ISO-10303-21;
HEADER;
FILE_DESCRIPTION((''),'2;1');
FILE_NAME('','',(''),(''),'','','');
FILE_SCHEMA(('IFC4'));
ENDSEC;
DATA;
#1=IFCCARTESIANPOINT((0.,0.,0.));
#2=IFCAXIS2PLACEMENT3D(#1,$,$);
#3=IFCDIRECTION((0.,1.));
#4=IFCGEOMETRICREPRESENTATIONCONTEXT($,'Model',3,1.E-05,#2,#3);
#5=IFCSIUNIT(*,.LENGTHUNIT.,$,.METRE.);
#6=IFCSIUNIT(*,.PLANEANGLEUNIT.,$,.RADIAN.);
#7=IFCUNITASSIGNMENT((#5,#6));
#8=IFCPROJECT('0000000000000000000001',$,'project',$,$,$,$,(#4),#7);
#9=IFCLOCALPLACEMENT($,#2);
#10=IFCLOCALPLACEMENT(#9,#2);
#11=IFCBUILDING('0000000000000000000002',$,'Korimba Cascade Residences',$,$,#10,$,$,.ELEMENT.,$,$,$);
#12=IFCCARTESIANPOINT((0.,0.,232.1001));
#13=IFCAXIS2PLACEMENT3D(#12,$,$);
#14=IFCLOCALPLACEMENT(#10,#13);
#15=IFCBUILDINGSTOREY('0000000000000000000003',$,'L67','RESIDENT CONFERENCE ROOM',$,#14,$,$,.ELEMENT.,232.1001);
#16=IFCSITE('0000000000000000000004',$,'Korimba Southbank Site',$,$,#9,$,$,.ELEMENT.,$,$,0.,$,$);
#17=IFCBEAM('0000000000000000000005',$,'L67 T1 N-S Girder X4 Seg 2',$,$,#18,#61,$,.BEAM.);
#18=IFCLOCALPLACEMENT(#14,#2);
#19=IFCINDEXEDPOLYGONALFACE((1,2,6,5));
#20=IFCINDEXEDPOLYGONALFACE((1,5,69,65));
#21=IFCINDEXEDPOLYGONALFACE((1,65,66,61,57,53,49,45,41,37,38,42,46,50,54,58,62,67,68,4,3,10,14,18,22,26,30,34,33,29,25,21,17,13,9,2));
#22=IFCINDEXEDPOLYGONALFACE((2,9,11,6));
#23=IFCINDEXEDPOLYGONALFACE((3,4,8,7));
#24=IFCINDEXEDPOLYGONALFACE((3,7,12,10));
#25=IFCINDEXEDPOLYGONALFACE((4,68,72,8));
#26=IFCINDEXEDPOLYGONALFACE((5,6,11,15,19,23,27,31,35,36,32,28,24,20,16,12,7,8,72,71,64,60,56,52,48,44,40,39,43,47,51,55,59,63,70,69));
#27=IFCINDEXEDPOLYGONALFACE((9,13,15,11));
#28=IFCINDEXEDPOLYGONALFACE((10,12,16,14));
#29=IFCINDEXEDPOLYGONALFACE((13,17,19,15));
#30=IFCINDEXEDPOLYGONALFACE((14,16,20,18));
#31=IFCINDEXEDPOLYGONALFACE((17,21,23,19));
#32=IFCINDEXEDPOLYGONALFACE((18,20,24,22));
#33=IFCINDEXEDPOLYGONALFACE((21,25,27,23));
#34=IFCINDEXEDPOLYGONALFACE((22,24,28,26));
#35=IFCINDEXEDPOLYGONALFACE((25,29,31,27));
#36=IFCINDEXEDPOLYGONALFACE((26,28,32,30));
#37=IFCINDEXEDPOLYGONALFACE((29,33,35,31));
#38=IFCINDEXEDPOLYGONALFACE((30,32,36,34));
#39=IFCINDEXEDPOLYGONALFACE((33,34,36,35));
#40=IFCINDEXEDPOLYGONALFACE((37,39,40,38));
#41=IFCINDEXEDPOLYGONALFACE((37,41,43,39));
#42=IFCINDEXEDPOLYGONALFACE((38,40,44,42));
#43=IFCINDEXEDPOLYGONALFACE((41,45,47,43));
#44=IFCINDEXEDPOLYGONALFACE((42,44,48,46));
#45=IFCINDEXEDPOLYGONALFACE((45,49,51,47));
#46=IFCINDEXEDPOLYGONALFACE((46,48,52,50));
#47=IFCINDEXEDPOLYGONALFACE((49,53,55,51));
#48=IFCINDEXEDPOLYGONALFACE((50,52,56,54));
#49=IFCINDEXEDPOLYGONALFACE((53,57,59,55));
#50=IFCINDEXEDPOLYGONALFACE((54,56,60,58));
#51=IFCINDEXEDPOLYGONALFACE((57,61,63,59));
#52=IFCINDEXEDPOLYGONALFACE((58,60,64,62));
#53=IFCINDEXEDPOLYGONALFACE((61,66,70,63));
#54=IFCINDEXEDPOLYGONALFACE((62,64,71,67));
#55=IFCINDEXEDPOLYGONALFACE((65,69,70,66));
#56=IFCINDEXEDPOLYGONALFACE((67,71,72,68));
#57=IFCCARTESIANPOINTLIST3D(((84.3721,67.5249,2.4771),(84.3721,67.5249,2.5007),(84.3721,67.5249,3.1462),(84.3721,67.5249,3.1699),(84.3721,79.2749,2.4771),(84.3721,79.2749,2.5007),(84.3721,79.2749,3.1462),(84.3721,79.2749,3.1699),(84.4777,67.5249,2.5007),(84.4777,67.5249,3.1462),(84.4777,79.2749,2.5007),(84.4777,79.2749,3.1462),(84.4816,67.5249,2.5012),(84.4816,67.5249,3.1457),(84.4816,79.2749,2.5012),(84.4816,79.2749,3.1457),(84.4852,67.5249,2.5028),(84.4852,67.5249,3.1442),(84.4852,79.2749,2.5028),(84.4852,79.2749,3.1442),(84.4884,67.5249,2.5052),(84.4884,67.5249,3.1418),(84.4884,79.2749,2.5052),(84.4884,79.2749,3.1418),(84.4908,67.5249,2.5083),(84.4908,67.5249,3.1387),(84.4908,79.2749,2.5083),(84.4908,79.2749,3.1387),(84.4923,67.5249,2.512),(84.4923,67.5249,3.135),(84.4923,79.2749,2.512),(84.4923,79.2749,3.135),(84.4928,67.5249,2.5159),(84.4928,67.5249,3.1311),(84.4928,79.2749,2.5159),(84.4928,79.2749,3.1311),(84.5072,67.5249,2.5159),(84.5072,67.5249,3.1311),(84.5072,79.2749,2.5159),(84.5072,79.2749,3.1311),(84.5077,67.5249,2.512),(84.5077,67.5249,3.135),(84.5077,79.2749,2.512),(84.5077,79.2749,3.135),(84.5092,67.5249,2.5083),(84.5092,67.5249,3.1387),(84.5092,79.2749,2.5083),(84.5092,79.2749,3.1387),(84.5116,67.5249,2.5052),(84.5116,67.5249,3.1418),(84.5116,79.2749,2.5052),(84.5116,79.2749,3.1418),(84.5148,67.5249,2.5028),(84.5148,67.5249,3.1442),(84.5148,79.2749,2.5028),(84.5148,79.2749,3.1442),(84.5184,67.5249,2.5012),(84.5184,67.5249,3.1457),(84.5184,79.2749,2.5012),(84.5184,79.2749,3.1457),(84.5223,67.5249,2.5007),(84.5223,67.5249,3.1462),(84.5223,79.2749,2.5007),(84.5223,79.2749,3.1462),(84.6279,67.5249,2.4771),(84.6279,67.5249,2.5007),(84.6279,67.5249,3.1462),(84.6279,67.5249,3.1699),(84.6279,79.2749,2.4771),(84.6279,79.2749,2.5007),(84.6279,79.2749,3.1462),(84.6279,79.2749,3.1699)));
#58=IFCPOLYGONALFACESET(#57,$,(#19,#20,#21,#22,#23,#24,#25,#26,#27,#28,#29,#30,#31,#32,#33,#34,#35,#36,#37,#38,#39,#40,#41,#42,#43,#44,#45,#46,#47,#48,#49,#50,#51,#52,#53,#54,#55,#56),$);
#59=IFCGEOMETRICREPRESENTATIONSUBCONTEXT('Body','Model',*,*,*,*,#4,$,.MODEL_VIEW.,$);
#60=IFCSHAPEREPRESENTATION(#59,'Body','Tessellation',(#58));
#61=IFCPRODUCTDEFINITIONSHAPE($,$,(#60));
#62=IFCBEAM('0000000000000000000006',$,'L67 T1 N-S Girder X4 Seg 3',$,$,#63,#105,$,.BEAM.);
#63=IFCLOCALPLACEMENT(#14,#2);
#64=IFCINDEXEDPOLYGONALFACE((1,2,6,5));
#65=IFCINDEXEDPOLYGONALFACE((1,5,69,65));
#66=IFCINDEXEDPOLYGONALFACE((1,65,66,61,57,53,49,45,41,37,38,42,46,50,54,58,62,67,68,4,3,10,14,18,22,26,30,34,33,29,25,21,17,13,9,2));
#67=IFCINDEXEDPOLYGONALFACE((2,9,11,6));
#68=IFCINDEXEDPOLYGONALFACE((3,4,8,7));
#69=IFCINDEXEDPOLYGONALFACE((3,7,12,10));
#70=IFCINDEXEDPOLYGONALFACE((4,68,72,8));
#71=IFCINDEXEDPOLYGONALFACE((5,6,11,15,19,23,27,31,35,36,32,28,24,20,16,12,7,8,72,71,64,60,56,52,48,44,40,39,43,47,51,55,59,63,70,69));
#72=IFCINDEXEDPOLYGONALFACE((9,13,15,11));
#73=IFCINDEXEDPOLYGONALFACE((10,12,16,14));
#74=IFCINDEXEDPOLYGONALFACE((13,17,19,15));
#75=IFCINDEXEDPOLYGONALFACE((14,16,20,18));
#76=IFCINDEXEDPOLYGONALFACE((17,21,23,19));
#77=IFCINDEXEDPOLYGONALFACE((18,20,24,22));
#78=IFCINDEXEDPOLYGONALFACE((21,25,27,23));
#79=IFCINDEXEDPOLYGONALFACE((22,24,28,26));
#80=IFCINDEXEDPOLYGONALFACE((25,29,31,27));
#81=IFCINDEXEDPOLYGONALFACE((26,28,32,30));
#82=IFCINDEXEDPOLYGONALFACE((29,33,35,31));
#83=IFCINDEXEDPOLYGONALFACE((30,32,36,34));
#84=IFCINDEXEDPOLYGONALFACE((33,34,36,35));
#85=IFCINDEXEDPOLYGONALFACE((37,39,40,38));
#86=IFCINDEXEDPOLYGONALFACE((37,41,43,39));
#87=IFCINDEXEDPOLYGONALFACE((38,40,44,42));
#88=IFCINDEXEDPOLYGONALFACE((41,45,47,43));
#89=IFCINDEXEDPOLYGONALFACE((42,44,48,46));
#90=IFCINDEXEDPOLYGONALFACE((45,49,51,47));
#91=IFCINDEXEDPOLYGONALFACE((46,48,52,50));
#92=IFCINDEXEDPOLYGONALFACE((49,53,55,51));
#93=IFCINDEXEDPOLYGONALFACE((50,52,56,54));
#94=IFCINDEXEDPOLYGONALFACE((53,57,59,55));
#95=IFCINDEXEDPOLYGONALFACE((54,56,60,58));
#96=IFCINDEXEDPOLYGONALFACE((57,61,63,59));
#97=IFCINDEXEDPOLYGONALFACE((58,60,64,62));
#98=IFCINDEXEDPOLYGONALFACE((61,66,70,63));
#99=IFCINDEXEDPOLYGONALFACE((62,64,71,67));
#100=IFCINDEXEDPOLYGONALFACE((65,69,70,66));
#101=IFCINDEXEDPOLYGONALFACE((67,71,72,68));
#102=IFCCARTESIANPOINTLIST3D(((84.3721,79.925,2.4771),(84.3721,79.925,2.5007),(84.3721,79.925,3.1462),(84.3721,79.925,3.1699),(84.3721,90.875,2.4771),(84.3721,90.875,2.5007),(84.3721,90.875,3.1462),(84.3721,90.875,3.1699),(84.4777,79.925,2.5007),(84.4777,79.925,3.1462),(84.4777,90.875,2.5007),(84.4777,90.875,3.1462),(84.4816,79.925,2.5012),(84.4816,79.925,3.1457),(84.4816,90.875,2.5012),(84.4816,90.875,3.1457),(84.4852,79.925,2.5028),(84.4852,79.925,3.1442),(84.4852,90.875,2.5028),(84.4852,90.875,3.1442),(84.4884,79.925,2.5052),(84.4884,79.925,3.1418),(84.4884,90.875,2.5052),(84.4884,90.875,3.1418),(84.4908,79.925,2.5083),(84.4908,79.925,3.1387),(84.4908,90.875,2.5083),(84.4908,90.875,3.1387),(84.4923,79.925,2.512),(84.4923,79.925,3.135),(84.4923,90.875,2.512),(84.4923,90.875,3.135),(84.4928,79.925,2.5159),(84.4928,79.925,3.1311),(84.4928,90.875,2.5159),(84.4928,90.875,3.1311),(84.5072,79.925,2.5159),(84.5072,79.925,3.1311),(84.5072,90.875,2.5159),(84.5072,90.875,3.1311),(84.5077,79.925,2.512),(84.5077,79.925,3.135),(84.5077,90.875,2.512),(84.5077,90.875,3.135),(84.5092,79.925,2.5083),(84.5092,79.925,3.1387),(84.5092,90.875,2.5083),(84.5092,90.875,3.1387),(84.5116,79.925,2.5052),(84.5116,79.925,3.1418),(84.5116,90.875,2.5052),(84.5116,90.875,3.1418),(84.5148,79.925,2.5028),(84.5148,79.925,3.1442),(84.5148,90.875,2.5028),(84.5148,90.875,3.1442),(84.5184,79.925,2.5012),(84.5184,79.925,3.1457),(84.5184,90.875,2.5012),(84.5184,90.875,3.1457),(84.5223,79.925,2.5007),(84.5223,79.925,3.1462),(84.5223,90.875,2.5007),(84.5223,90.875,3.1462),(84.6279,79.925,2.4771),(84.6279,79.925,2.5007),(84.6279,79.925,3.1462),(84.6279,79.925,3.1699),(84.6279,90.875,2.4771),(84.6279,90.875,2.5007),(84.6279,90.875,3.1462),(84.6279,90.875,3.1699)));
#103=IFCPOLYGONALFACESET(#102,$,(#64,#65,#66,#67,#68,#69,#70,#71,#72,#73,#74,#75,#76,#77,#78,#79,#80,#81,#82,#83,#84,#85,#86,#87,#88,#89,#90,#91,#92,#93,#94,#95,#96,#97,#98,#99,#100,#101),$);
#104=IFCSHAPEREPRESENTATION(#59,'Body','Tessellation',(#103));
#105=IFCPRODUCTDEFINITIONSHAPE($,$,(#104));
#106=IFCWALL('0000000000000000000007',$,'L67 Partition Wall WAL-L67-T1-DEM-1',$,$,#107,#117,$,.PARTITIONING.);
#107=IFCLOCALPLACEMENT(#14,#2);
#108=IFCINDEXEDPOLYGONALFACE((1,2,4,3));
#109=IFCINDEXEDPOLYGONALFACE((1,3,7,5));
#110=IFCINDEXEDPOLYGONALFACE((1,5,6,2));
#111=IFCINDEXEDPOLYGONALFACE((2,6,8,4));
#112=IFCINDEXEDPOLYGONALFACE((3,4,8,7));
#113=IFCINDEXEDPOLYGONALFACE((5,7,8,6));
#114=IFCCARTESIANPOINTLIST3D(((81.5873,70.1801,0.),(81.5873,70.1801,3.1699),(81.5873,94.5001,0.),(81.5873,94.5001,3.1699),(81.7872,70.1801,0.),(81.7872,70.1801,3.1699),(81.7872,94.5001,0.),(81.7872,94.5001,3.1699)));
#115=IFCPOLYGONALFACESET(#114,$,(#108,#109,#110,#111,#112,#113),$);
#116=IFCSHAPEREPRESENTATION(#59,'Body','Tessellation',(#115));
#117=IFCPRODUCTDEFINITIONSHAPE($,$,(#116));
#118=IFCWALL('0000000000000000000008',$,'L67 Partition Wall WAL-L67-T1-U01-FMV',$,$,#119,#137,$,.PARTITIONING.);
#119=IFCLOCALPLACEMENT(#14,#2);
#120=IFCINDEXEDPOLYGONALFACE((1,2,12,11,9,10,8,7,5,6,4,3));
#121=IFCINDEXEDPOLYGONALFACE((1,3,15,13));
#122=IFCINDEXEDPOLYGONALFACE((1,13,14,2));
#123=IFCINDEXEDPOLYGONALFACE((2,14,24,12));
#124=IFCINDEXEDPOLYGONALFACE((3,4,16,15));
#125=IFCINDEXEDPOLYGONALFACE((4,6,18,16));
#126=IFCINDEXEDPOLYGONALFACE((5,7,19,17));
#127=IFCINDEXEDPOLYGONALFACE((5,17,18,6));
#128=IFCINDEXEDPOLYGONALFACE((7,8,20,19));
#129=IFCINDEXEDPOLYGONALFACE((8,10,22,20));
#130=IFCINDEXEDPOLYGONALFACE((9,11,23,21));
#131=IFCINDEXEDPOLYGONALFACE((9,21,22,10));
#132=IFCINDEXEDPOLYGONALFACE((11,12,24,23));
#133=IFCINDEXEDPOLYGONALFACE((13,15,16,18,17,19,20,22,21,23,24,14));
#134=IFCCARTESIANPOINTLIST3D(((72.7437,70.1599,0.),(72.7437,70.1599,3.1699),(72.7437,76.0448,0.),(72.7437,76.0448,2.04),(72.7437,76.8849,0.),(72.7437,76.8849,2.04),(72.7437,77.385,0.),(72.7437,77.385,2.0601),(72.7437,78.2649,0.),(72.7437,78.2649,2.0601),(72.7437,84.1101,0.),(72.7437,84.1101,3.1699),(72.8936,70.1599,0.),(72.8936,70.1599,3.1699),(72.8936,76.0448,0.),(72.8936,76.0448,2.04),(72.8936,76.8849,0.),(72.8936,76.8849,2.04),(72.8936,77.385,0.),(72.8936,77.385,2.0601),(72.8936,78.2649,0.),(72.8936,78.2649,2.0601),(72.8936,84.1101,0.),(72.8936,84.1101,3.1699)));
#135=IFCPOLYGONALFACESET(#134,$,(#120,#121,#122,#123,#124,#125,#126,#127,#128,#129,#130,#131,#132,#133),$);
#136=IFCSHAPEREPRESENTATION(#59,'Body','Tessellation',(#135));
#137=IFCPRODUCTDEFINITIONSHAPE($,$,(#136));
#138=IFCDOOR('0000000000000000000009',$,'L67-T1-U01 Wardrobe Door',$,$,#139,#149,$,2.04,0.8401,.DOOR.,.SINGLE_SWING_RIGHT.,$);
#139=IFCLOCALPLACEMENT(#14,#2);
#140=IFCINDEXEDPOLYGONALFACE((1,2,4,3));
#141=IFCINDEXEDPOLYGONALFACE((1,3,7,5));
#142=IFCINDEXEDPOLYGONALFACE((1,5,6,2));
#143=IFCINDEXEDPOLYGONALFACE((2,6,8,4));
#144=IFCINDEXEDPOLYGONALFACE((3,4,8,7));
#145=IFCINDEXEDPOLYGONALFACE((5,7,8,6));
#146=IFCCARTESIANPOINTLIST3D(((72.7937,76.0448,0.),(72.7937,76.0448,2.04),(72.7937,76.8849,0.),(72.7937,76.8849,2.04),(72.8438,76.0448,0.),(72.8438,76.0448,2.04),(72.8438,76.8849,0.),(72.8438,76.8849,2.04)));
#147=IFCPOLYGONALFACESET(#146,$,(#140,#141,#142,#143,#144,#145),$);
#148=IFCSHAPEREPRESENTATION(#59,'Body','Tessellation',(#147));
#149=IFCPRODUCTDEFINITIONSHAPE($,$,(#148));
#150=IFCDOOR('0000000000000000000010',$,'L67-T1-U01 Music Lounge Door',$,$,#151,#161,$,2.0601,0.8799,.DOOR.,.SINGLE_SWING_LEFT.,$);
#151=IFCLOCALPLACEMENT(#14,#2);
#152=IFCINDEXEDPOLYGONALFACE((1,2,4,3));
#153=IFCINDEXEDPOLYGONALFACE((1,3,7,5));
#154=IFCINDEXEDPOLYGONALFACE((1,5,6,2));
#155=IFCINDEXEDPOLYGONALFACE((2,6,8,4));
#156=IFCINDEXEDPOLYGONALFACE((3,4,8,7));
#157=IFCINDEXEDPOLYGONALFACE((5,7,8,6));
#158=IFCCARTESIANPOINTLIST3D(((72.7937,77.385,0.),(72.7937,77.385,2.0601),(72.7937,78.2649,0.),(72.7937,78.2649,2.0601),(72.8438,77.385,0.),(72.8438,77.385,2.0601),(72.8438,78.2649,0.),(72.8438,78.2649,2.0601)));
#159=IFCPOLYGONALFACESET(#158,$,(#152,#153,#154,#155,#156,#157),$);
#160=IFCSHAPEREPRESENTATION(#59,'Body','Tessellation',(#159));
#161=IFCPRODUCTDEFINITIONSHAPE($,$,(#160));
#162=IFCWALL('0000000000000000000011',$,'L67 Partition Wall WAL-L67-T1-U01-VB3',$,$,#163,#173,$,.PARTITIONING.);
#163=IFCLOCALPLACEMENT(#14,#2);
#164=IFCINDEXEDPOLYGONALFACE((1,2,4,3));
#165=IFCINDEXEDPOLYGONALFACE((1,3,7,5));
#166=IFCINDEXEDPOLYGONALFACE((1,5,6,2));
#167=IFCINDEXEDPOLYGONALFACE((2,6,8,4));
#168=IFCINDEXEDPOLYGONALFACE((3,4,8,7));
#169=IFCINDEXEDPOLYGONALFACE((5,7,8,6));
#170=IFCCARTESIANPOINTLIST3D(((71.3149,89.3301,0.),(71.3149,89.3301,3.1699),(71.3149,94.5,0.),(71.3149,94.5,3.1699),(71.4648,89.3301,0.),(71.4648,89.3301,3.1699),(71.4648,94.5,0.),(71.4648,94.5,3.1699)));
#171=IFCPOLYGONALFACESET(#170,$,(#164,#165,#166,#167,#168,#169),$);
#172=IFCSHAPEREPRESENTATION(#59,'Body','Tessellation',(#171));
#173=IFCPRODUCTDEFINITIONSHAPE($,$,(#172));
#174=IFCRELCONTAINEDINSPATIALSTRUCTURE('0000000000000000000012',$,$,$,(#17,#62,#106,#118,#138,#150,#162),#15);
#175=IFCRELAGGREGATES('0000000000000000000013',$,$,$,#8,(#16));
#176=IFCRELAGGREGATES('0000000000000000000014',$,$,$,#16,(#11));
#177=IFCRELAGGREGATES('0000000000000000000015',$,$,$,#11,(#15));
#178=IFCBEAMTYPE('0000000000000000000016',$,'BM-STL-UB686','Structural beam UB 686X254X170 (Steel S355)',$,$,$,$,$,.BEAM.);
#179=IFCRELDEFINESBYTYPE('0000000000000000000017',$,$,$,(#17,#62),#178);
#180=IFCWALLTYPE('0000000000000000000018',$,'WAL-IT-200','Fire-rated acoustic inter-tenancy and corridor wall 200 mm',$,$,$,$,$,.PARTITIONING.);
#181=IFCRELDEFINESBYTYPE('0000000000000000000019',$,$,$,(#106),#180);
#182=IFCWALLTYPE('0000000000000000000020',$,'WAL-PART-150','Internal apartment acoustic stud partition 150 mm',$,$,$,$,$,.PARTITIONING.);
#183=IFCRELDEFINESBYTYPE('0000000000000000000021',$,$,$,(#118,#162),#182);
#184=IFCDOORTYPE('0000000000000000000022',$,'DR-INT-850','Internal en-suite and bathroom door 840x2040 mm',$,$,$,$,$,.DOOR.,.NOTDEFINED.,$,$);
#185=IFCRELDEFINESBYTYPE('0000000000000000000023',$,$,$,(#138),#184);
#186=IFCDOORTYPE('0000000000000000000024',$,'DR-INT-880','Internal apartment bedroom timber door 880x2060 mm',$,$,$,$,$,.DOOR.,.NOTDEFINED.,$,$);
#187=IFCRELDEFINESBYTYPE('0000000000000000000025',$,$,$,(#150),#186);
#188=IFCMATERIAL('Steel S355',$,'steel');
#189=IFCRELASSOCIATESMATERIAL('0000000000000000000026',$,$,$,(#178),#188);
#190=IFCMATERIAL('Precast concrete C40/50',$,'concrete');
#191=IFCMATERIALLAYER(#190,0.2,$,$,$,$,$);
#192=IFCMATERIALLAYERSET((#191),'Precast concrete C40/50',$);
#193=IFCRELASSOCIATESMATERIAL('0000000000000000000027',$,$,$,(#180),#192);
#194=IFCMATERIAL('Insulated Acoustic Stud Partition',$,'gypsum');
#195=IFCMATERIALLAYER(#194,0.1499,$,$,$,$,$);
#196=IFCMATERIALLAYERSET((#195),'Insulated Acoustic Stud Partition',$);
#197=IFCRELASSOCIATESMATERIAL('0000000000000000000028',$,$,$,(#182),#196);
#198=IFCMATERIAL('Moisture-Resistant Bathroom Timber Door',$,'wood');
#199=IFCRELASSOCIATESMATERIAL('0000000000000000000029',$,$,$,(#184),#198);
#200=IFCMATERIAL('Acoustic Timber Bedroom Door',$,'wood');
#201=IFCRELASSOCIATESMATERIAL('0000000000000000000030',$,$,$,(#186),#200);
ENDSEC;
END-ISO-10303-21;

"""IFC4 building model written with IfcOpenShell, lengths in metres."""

from ifc_helpers import new_model, si_unit, direction, frame, frame_2d, origin, origin_2d, place, context, subcontext, project, spatial, rectangle, i_section, extrude, material, layer, layer_set, material_profile, profile_set, type_object, element, fill, save


model = new_model("IFC4")

# Units and contexts
model_context = context("Model", 3, precision=1e-05, world=origin(), true_north=direction((0.0, 1.0)))
body_context = subcontext(model_context, "Body", "Model", "MODEL_VIEW")
ifc_project = project(units=[si_unit("LENGTHUNIT", "METRE"), si_unit("PLANEANGLEUNIT", "RADIAN")], contexts=[model_context])

# Site, building, storey
site_placement = place(None, origin())
site = spatial("IfcSite", under=ifc_project, at=site_placement, Name="Korimba Southbank Site", CompositionType="ELEMENT", RefElevation=0.0)
building_placement = place(site_placement, origin())
building = spatial("IfcBuilding", under=site, at=building_placement, Name="Korimba Cascade Residences", CompositionType="ELEMENT")
storey_placement = place(building_placement, frame((0.0, 0.0, 232.1001)))
storey = spatial("IfcBuildingStorey", under=building, at=storey_placement, Name="L67", Description="RESIDENT CONFERENCE ROOM", CompositionType="ELEMENT", Elevation=232.1001)

# Beams
ifc_material_1 = material(Name="Steel S355", Category="steel")
ifc_material_profile_1 = material_profile(ifc_material_1, i_section(OverallWidth=0.2559, OverallDepth=0.6929, WebThickness=0.0144, FlangeThickness=0.0237, FilletRadius=0.0151, at=origin_2d()), Name="Steel S355")
ifc_profile_set_1 = profile_set([ifc_material_profile_1], Name="Steel S355")
beam_type_1 = type_object("IfcBeamType", Name="BM-STL-UB686", Description="Structural beam UB 686X254X170 (Steel S355)", PredefinedType="BEAM", material=ifc_profile_set_1)
beam_1_placement = place(storey_placement, frame((84.5, 67.5249, 2.8235), z_axis=(0.0, 1.0, 0.0), x_axis=(-1.0, 0.0, 0.0)))
element("IfcBeam", 1, at=beam_1_placement, inside=storey, type_object=beam_type_1, Name="L67 T1 N-S Girder X4 Seg 2", PredefinedType="BEAM", context=body_context, shape_type="SweptSolid", body=[
    extrude(i_section(OverallWidth=0.2559, OverallDepth=0.6929, WebThickness=0.0144, FlangeThickness=0.0237, FilletRadius=0.0151, at=origin_2d()), origin(), (0.0, 0.0, 1.0), 11.75),
])
beam_2_placement = place(storey_placement, frame((84.5, 79.925, 2.8235), z_axis=(0.0, 1.0, 0.0), x_axis=(-1.0, 0.0, 0.0)))
element("IfcBeam", 2, at=beam_2_placement, inside=storey, type_object=beam_type_1, Name="L67 T1 N-S Girder X4 Seg 3", PredefinedType="BEAM", context=body_context, shape_type="SweptSolid", body=[
    extrude(i_section(OverallWidth=0.2559, OverallDepth=0.6929, WebThickness=0.0144, FlangeThickness=0.0237, FilletRadius=0.0151, at=origin_2d()), origin(), (0.0, 0.0, 1.0), 10.95),
])

# Wall
ifc_material_2 = material(Name="Precast concrete C40/50", Category="concrete")
ifc_layer_1 = layer(ifc_material_2, 0.2)
ifc_layer_set_1 = layer_set([ifc_layer_1], Name="Precast concrete C40/50")
wall_type_1 = type_object("IfcWallType", Name="WAL-IT-200", Description="Fire-rated acoustic inter-tenancy and corridor wall 200 mm", PredefinedType="PARTITIONING", material=ifc_layer_set_1)
wall_1_placement = place(storey_placement, frame((81.6873, 70.1799, 0.0), z_axis=(0.0, 0.0, 1.0), x_axis=(0.0, 1.0, 0.0)))
element("IfcWall", 3, at=wall_1_placement, inside=storey, type_object=wall_type_1, Name="L67 Partition Wall WAL-L67-T1-DEM-1", PredefinedType="PARTITIONING", context=body_context, shape_type="SweptSolid", body=[
    extrude(rectangle(XDim=24.3201, YDim=0.2, at=frame_2d((12.1602, 0.0))), origin(), (0.0, 0.0, 1.0), 3.1699),
])

# Wall, openings, doors
ifc_material_3 = material(Name="Insulated Acoustic Stud Partition", Category="gypsum")
ifc_layer_2 = layer(ifc_material_3, 0.1499)
ifc_layer_set_2 = layer_set([ifc_layer_2], Name="Insulated Acoustic Stud Partition")
wall_type_2 = type_object("IfcWallType", Name="WAL-PART-150", Description="Internal apartment acoustic stud partition 150 mm", PredefinedType="PARTITIONING", material=ifc_layer_set_2)
wall_2_placement = place(storey_placement, frame((72.8186, 70.1599, 0.0), z_axis=(0.0, 0.0, 1.0), x_axis=(0.0, 1.0, 0.0)))
wall_2 = element("IfcWall", 4, at=wall_2_placement, inside=storey, type_object=wall_type_2, Name="L67 Partition Wall WAL-L67-T1-U01-FMV", PredefinedType="PARTITIONING", context=body_context, shape_type="SweptSolid", body=[
    extrude(rectangle(XDim=13.9502, YDim=0.1499, at=frame_2d((6.9751, 0.0))), origin(), (0.0, 0.0, 1.0), 3.1699),
])
opening_1_placement = place(wall_2_placement, frame((5.885, 0.0, 0.0)))
opening_1 = element("IfcOpeningElement", 5, at=opening_1_placement, cuts=wall_2, PredefinedType="OPENING", context=body_context, shape_type="SweptSolid", body=[
    extrude(rectangle(XDim=0.8401, YDim=2.04, at=frame_2d((0.4199, 1.02))), frame((0.0, 0.085, 0.0), z_axis=(0.0, -1.0, 0.0), x_axis=(1.0, 0.0, 0.0)), (0.0, 0.0, 1.0), 0.1699),
])
opening_2_placement = place(wall_2_placement, frame((7.2251, 0.0, 0.0)))
opening_2 = element("IfcOpeningElement", 6, at=opening_2_placement, cuts=wall_2, PredefinedType="OPENING", context=body_context, shape_type="SweptSolid", body=[
    extrude(rectangle(XDim=0.8799, YDim=2.0601, at=frame_2d((0.4399, 1.03))), frame((0.0, 0.085, 0.0), z_axis=(0.0, -1.0, 0.0), x_axis=(1.0, 0.0, 0.0)), (0.0, 0.0, 1.0), 0.1699),
])
ifc_material_4 = material(Name="Moisture-Resistant Bathroom Timber Door", Category="wood")
door_type_1 = type_object("IfcDoorType", Name="DR-INT-850", Description="Internal en-suite and bathroom door 840x2040 mm", OperationType="NOTDEFINED", PredefinedType="DOOR", material=ifc_material_4)
door_1_placement = place(opening_1_placement, origin())
door_1 = element("IfcDoor", 7, at=door_1_placement, inside=storey, type_object=door_type_1, Name="L67-T1-U01 Wardrobe Door", OperationType="SINGLE_SWING_RIGHT", OverallHeight=2.04, OverallWidth=0.8401, PredefinedType="DOOR", context=body_context, shape_type="SweptSolid", body=[
    extrude(rectangle(XDim=0.8401, YDim=2.04, at=frame_2d((0.4199, 1.02))), frame((0.0, 0.0249, 0.0), z_axis=(0.0, -1.0, 0.0), x_axis=(1.0, 0.0, 0.0)), (0.0, 0.0, 1.0), 0.05),
])
fill(opening_1, door_1)
ifc_material_5 = material(Name="Acoustic Timber Bedroom Door", Category="wood")
door_type_2 = type_object("IfcDoorType", Name="DR-INT-880", Description="Internal apartment bedroom timber door 880x2060 mm", OperationType="NOTDEFINED", PredefinedType="DOOR", material=ifc_material_5)
door_2_placement = place(opening_2_placement, origin())
door_2 = element("IfcDoor", 8, at=door_2_placement, inside=storey, type_object=door_type_2, Name="L67-T1-U01 Music Lounge Door", OperationType="SINGLE_SWING_LEFT", OverallHeight=2.0601, OverallWidth=0.8799, PredefinedType="DOOR", context=body_context, shape_type="SweptSolid", body=[
    extrude(rectangle(XDim=0.8799, YDim=2.0601, at=frame_2d((0.4399, 1.03))), frame((0.0, 0.0249, 0.0), z_axis=(0.0, -1.0, 0.0), x_axis=(1.0, 0.0, 0.0)), (0.0, 0.0, 1.0), 0.05),
])
fill(opening_2, door_2)

# Wall
wall_3_placement = place(storey_placement, frame((71.3899, 89.3301, 0.0), z_axis=(0.0, 0.0, 1.0), x_axis=(0.0, 1.0, 0.0)))
element("IfcWall", 9, at=wall_3_placement, inside=storey, type_object=wall_type_2, Name="L67 Partition Wall WAL-L67-T1-U01-VB3", PredefinedType="PARTITIONING", context=body_context, shape_type="SweptSolid", body=[
    extrude(rectangle(XDim=5.1699, YDim=0.1499, at=frame_2d((2.585, 0.0))), origin(), (0.0, 0.0, 1.0), 3.1699),
])

save(model, "model.ifc")
